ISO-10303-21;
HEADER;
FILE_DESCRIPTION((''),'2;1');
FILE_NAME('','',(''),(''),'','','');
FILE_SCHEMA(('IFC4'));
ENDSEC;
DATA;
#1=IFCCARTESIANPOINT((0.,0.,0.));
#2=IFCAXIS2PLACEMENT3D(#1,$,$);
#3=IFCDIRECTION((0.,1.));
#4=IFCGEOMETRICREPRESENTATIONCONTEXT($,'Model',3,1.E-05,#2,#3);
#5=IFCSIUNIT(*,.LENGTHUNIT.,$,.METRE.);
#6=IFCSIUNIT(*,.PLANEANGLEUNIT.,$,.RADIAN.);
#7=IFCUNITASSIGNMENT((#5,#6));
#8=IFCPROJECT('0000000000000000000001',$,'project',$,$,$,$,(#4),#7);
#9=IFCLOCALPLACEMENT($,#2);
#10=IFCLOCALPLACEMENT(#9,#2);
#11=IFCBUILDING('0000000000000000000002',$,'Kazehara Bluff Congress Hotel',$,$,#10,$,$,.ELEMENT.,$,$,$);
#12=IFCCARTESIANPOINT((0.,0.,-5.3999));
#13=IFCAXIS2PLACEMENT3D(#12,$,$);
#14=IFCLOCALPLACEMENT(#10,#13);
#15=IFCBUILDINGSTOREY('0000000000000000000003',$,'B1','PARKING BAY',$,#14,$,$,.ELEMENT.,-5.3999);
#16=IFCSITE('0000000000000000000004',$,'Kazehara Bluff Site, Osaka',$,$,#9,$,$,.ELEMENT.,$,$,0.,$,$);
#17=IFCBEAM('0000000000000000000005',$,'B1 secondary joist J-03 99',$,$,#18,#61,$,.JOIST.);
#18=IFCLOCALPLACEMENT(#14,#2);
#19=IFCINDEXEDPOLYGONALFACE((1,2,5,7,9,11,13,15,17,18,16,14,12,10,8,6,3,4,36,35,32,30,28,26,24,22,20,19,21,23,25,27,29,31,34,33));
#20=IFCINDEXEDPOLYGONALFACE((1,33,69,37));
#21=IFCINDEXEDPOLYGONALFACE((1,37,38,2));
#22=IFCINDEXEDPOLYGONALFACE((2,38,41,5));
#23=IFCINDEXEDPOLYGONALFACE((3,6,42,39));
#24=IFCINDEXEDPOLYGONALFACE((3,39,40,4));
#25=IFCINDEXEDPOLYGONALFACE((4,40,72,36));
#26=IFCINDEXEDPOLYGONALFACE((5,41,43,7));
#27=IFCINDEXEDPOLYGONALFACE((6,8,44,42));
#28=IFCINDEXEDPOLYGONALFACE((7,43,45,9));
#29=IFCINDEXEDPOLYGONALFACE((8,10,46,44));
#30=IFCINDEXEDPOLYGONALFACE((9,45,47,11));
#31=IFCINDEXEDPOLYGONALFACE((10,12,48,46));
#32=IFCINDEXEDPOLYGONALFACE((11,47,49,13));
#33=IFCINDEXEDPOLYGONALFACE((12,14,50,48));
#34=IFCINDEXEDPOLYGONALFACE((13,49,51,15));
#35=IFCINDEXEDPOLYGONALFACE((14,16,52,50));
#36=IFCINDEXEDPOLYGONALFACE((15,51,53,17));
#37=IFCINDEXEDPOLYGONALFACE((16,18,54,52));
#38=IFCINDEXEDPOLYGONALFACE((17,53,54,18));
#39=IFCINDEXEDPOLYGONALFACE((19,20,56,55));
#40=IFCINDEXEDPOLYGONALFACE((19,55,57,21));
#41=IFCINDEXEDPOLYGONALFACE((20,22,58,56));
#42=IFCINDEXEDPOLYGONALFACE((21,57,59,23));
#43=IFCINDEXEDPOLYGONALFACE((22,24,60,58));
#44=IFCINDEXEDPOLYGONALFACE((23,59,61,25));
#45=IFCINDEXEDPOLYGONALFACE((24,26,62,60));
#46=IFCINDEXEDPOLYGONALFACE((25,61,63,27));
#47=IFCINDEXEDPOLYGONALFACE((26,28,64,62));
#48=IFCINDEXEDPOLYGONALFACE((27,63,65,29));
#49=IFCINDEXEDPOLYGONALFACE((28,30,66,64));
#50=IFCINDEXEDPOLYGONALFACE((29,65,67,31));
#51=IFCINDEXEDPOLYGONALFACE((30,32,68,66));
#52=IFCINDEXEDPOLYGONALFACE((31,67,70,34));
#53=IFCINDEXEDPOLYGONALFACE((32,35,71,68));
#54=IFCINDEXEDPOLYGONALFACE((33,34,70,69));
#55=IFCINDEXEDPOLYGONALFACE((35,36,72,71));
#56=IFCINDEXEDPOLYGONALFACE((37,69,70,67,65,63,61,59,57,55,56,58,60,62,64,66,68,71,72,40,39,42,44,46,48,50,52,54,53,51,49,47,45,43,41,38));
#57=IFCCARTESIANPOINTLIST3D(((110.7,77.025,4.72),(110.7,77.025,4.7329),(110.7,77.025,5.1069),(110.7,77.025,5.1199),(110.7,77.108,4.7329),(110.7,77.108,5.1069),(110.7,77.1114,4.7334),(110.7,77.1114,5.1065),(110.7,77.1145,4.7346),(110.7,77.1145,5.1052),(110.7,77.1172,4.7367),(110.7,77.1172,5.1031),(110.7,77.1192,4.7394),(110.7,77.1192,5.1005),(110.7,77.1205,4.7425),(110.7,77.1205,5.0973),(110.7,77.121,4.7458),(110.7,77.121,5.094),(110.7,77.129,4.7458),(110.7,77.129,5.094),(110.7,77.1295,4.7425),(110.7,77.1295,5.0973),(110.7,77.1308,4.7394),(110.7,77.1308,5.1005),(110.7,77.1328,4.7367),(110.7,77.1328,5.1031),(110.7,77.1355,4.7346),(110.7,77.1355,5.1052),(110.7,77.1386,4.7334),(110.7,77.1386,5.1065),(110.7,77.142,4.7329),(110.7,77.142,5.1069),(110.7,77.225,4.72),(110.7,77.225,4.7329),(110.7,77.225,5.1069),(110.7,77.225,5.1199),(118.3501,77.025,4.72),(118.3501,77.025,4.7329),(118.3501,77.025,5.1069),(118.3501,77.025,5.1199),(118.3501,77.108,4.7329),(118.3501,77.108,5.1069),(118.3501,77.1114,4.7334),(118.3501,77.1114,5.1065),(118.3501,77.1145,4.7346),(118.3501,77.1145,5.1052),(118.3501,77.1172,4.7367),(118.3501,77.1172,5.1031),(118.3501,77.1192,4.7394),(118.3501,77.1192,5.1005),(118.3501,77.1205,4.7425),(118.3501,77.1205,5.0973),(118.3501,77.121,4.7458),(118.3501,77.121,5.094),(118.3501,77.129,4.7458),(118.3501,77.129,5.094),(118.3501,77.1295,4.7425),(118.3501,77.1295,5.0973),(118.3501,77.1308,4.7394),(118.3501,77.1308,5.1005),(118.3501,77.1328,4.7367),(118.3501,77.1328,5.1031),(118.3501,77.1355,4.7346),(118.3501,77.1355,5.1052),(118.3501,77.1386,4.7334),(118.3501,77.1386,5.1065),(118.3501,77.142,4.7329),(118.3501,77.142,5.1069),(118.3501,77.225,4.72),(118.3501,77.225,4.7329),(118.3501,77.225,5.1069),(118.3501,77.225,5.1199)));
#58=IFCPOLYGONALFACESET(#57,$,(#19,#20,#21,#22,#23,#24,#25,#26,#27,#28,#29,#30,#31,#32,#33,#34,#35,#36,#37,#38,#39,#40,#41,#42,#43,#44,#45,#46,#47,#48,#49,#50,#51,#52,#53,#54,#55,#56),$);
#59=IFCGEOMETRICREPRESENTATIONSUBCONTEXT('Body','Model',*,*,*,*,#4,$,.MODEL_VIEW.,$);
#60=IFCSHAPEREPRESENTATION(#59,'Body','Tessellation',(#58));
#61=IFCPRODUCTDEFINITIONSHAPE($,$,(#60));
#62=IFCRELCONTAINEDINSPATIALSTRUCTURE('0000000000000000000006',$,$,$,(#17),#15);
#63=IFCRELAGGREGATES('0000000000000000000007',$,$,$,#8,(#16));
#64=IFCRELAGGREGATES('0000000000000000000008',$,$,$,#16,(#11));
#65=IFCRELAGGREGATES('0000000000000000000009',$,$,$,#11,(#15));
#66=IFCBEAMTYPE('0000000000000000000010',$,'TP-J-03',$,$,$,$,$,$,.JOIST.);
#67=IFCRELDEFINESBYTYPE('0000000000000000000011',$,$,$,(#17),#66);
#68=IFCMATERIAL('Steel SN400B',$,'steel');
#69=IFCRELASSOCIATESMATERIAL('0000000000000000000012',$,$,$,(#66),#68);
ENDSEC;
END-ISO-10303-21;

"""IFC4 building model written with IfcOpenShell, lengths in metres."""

from ifc_helpers import new_model, si_unit, direction, frame, origin, origin_2d, place, context, subcontext, project, spatial, i_section, extrude, material, material_profile, profile_set, type_object, element, save


model = new_model("IFC4")

# Units and contexts
model_context = context("Model", 3, precision=1e-05, world=origin(), true_north=direction((0.0, 1.0)))
body_context = subcontext(model_context, "Body", "Model", "MODEL_VIEW")
ifc_project = project(units=[si_unit("LENGTHUNIT", "METRE"), si_unit("PLANEANGLEUNIT", "RADIAN")], contexts=[model_context])

# Site, building, storey
site_placement = place(None, origin())
site = spatial("IfcSite", under=ifc_project, at=site_placement, Name="Kazehara Bluff Site, Osaka", CompositionType="ELEMENT", RefElevation=0.0)
building_placement = place(site_placement, origin())
building = spatial("IfcBuilding", under=site, at=building_placement, Name="Kazehara Bluff Congress Hotel", CompositionType="ELEMENT")
storey_placement = place(building_placement, frame((0.0, 0.0, -5.3999)))
storey = spatial("IfcBuildingStorey", under=building, at=storey_placement, Name="B1", Description="PARKING BAY", CompositionType="ELEMENT", Elevation=-5.3999)

# Beam
ifc_material_1 = material(Name="Steel SN400B", Category="steel")
ifc_material_profile_1 = material_profile(ifc_material_1, i_section(OverallWidth=0.2, OverallDepth=0.3999, WebThickness=0.0081, FlangeThickness=0.0129, FilletRadius=0.0129, at=origin_2d()))
ifc_profile_set_1 = profile_set([ifc_material_profile_1], Name="Steel SN400B")
beam_type_1 = type_object("IfcBeamType", Name="TP-J-03", PredefinedType="JOIST", material=ifc_profile_set_1)
beam_placement = place(storey_placement, frame((110.7, 77.125, 4.9199), z_axis=(1.0, 0.0, 0.0), x_axis=(0.0, 1.0, 0.0)))
element("IfcBeam", 1, at=beam_placement, inside=storey, type_object=beam_type_1, Name="B1 secondary joist J-03 99", PredefinedType="JOIST", context=body_context, shape_type="SweptSolid", body=[
    extrude(i_section(OverallWidth=0.2, OverallDepth=0.3999, WebThickness=0.0081, FlangeThickness=0.0129, FilletRadius=0.0129, at=origin_2d()), origin(), (0.0, 0.0, 1.0), 7.6501),
])

save(model, "model.ifc")
